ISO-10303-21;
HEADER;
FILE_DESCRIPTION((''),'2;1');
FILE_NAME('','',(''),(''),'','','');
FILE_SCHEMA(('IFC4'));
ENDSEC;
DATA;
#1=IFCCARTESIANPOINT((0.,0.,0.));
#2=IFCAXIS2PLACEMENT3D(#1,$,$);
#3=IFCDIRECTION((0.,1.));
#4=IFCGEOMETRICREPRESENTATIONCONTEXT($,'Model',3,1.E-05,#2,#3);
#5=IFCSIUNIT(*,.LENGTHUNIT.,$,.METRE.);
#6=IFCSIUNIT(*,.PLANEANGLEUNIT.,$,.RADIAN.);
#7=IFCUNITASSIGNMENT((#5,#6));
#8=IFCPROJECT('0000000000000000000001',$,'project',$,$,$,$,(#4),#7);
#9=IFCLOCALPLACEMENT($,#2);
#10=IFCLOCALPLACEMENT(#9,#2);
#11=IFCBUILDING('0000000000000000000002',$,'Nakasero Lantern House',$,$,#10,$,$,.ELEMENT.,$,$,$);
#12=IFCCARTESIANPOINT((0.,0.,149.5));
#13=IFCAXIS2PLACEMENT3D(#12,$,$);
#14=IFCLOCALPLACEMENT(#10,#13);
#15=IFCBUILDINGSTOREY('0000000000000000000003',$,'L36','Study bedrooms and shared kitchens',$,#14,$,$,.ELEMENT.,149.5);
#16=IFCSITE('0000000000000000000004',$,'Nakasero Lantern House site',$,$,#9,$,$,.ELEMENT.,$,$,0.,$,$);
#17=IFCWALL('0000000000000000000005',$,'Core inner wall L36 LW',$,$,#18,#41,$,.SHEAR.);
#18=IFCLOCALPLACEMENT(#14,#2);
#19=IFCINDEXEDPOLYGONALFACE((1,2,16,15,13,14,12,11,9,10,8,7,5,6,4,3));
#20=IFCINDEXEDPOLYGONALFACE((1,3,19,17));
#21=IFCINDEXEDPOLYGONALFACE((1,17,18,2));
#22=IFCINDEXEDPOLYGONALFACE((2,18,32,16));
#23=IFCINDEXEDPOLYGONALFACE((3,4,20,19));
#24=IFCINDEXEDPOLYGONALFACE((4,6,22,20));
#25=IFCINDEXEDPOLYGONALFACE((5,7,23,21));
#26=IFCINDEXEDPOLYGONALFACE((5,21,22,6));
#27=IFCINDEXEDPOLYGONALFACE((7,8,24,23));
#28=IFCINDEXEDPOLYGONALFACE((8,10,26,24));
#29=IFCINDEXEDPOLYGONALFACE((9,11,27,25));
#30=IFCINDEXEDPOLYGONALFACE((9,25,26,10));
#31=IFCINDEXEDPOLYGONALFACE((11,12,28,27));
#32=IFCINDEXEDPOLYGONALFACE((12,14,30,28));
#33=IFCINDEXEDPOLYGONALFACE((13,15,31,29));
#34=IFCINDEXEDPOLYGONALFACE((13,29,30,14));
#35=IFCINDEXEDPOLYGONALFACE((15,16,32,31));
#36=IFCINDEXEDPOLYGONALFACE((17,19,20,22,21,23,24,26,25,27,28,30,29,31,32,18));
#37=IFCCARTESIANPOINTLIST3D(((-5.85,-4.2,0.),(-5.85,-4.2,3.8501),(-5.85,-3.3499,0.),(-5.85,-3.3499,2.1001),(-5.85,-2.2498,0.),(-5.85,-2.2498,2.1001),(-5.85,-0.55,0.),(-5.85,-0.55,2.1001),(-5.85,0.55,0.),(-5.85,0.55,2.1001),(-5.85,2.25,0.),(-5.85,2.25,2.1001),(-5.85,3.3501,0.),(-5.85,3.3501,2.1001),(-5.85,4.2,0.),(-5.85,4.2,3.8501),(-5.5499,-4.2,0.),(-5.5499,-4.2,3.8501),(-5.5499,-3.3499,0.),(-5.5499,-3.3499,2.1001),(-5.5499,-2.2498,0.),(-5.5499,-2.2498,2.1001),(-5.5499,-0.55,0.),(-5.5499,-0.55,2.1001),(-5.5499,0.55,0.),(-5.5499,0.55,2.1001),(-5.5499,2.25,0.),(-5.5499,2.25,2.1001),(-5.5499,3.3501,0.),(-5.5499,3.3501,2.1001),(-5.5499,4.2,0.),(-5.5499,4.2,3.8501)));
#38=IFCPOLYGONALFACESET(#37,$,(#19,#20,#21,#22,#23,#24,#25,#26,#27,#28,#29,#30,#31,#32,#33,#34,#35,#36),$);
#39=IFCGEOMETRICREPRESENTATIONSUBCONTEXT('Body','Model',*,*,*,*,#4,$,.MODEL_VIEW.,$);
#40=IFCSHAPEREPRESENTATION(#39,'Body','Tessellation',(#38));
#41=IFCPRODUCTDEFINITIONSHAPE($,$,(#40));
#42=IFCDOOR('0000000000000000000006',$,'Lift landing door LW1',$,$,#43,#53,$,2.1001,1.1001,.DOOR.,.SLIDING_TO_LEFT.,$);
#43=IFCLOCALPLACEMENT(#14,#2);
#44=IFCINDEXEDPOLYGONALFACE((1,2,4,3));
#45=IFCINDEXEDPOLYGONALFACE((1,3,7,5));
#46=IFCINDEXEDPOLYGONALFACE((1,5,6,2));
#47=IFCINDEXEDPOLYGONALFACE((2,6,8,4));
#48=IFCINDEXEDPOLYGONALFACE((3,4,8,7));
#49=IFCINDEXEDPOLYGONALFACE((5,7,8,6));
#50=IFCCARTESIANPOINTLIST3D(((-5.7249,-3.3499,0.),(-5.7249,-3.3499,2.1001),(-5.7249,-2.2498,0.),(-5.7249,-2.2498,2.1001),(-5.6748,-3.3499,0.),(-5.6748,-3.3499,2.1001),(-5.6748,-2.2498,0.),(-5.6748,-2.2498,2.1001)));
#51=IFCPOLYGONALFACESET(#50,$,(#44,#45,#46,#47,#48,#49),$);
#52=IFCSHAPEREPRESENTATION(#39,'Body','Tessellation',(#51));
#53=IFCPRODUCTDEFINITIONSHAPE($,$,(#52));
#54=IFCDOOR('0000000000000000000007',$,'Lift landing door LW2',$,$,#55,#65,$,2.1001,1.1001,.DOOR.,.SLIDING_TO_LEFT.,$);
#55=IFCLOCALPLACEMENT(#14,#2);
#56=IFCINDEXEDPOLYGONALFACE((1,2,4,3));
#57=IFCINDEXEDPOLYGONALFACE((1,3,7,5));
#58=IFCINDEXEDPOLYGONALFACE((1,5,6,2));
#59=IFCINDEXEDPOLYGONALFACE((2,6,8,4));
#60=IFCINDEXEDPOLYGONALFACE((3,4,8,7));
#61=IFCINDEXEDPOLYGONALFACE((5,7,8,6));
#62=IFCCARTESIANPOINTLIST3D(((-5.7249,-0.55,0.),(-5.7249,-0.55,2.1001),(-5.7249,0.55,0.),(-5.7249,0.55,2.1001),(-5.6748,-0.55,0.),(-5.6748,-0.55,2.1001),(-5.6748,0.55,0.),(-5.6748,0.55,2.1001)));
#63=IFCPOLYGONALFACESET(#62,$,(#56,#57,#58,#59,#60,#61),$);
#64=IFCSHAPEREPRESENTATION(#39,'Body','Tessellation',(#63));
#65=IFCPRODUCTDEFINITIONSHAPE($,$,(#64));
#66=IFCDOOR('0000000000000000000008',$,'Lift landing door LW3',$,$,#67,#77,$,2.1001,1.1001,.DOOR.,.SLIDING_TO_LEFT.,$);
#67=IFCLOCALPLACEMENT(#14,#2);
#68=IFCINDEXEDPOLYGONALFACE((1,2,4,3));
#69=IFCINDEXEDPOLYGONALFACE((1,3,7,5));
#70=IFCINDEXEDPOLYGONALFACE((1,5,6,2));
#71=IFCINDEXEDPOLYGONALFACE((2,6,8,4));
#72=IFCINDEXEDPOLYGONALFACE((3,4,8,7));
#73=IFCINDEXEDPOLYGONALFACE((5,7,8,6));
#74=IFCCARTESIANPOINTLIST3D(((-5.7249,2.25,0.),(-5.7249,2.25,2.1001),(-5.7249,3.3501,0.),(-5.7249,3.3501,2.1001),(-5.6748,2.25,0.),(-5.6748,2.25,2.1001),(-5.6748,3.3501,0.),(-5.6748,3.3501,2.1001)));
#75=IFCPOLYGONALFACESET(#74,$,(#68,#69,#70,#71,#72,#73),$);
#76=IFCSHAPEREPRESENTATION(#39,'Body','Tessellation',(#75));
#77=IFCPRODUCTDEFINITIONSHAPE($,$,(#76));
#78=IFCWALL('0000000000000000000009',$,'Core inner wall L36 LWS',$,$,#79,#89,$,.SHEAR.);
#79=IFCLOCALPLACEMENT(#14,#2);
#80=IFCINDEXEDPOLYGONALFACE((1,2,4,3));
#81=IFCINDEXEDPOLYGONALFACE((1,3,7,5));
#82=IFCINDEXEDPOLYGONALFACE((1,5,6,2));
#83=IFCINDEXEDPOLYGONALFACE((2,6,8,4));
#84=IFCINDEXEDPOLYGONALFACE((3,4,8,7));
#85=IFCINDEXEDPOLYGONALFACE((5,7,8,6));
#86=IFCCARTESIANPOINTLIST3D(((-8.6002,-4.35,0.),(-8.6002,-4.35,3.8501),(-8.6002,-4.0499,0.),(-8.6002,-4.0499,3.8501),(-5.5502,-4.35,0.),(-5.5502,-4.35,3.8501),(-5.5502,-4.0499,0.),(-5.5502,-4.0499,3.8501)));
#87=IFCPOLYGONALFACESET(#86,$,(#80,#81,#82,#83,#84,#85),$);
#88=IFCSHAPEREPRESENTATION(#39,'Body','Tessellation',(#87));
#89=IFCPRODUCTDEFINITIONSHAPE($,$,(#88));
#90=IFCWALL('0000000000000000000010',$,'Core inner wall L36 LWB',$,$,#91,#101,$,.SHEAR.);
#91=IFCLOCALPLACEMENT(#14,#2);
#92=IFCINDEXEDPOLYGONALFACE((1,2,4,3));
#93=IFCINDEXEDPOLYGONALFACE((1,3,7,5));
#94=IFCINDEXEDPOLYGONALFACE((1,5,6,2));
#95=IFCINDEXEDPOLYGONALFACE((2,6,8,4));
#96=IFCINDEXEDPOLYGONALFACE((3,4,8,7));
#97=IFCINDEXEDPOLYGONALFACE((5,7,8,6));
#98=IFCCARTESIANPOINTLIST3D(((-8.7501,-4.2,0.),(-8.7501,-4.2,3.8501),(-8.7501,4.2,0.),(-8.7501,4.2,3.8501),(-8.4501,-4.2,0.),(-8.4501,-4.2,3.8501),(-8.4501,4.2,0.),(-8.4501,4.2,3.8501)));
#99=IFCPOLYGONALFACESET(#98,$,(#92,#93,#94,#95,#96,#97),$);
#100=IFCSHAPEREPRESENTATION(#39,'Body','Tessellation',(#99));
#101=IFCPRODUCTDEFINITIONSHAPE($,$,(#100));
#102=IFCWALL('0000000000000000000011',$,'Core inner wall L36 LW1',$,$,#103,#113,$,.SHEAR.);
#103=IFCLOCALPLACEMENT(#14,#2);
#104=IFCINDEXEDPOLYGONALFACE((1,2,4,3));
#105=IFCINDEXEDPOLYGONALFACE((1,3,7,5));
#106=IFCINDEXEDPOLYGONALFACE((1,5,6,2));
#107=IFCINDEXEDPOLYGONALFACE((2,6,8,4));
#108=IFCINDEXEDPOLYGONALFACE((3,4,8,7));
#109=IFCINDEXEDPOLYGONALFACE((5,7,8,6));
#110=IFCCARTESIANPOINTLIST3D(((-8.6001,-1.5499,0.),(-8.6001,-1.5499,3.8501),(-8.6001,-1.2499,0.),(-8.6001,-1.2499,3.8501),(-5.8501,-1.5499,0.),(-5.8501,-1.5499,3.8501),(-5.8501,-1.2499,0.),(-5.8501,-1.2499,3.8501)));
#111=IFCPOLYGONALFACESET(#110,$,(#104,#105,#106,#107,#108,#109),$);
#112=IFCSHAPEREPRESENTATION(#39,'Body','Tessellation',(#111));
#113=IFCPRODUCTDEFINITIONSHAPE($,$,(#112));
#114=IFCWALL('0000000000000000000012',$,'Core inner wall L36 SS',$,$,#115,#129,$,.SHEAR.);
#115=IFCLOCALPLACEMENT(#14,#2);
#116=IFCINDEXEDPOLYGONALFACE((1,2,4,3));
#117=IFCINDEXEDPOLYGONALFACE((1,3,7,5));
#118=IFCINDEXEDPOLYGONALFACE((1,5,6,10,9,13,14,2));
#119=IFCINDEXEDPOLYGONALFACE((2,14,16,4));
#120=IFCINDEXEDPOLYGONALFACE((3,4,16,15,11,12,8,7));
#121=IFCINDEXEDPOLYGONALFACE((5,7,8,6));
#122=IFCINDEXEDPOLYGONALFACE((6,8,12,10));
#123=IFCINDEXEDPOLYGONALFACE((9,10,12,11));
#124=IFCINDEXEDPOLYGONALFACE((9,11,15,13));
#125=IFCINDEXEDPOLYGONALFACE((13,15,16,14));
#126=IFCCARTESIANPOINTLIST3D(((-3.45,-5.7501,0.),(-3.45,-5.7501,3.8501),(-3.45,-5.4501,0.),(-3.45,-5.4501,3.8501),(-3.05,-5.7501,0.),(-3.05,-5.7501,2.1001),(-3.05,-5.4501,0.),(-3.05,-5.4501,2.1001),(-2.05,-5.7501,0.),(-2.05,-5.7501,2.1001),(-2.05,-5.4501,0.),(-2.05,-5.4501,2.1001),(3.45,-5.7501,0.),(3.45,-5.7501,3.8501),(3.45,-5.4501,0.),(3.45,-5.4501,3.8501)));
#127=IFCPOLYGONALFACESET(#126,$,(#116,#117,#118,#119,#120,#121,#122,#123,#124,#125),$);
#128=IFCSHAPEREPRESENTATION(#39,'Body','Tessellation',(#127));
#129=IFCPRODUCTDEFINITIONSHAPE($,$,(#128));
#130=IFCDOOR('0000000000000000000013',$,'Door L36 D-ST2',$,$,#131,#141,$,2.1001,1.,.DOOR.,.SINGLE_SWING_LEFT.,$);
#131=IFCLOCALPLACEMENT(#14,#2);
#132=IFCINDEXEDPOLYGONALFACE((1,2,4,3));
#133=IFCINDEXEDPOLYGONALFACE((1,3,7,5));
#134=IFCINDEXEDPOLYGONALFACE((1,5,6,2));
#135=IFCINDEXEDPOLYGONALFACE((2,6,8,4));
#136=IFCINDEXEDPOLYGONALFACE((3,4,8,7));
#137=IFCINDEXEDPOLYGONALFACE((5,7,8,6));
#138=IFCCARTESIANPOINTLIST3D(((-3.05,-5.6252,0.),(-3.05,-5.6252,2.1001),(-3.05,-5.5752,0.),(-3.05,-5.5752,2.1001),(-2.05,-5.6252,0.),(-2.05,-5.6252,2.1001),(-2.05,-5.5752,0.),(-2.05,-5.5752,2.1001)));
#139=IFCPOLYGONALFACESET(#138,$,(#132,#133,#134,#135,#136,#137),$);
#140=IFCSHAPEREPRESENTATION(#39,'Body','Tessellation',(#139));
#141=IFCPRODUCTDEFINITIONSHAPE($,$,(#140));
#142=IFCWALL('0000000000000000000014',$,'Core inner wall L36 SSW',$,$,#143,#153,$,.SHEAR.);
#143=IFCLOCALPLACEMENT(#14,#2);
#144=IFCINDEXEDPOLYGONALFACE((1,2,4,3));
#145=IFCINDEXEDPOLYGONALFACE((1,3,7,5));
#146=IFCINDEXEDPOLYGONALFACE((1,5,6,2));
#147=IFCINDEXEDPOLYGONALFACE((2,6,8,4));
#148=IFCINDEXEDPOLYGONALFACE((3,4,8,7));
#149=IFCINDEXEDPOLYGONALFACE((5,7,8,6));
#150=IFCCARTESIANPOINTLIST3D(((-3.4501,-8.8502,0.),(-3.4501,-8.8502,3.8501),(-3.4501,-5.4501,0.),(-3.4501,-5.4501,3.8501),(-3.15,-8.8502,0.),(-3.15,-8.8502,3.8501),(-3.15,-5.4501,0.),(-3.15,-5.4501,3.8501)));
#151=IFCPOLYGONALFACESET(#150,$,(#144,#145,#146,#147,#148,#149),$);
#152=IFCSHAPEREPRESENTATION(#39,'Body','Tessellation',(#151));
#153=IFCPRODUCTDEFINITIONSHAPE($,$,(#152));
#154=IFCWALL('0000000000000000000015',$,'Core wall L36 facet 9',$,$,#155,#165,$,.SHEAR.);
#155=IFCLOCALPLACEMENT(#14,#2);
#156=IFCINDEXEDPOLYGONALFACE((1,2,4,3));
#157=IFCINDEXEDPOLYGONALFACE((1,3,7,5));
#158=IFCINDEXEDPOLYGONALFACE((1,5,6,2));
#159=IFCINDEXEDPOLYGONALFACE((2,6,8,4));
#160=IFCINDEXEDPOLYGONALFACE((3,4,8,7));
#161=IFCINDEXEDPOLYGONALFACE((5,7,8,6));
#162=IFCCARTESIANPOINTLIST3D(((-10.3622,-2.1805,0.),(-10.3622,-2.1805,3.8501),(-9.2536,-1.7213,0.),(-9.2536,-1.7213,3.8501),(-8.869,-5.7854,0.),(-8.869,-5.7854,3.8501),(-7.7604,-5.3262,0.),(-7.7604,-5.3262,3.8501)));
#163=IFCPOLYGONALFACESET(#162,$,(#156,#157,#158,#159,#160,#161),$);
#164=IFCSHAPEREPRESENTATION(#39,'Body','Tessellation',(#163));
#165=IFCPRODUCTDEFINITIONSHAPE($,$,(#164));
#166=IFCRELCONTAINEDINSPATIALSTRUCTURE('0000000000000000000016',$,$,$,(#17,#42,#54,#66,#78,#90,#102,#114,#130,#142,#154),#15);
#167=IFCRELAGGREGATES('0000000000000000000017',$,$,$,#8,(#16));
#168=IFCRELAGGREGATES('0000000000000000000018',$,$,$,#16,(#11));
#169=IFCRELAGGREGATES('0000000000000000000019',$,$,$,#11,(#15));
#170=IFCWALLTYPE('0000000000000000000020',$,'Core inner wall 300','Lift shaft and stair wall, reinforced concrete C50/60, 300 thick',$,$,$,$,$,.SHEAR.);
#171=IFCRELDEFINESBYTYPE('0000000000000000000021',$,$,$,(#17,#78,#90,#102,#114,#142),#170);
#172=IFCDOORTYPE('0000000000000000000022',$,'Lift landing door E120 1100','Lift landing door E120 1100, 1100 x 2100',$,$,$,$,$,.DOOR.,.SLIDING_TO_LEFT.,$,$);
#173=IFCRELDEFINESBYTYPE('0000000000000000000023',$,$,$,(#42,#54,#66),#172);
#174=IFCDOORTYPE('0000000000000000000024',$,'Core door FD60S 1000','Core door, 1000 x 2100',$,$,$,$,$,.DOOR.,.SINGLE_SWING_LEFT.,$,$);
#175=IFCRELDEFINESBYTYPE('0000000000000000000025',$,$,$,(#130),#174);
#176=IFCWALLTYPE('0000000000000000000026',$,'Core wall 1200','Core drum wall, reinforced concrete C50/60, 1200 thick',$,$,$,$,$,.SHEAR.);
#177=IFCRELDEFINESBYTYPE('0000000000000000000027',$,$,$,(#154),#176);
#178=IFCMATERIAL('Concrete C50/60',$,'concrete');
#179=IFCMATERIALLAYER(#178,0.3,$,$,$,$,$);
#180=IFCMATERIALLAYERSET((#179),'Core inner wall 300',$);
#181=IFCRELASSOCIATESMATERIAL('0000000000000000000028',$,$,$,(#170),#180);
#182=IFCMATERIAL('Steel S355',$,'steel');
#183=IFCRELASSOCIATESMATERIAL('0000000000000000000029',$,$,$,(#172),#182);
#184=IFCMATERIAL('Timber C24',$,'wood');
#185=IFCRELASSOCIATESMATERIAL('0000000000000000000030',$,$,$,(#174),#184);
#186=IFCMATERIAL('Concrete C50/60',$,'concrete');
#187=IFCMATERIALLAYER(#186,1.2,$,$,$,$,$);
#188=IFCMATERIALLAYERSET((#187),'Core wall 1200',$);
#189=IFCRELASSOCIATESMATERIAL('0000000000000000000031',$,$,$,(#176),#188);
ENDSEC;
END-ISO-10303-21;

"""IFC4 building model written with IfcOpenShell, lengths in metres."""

from ifc_helpers import new_model, si_unit, direction, frame, frame_2d, origin, place, context, subcontext, project, spatial, rectangle, extrude, material, layer, layer_set, type_object, element, fill, save


model = new_model("IFC4")

# Units and contexts
model_context = context("Model", 3, precision=1e-05, world=origin(), true_north=direction((0.0, 1.0)))
body_context = subcontext(model_context, "Body", "Model", "MODEL_VIEW")
ifc_project = project(units=[si_unit("LENGTHUNIT", "METRE"), si_unit("PLANEANGLEUNIT", "RADIAN")], contexts=[model_context])

# Site, building, storey
site_placement = place(None, origin())
site = spatial("IfcSite", under=ifc_project, at=site_placement, Name="Nakasero Lantern House site", CompositionType="ELEMENT", RefElevation=0.0)
building_placement = place(site_placement, origin())
building = spatial("IfcBuilding", under=site, at=building_placement, Name="Nakasero Lantern House", CompositionType="ELEMENT")
storey_placement = place(building_placement, frame((0.0, 0.0, 149.5)))
storey = spatial("IfcBuildingStorey", under=building, at=storey_placement, Name="L36", Description="Study bedrooms and shared kitchens", CompositionType="ELEMENT", Elevation=149.5)

# Wall, openings, doors
ifc_material_1 = material(Name="Concrete C50/60", Category="concrete")
ifc_layer_1 = layer(ifc_material_1, 0.3)
ifc_layer_set_1 = layer_set([ifc_layer_1], Name="Core inner wall 300")
wall_type_1 = type_object("IfcWallType", Name="Core inner wall 300", Description="Lift shaft and stair wall, reinforced concrete C50/60, 300 thick", PredefinedType="SHEAR", material=ifc_layer_set_1)
wall_1_placement = place(storey_placement, frame((-5.7, -4.2, 0.0), z_axis=(0.0, 0.0, 1.0), x_axis=(0.0, 1.0, 0.0)))
wall_1 = element("IfcWall", 1, at=wall_1_placement, inside=storey, type_object=wall_type_1, Name="Core inner wall L36 LW", PredefinedType="SHEAR", context=body_context, shape_type="SweptSolid", body=[
    extrude(rectangle(XDim=8.3999, YDim=0.3, at=frame_2d((4.2, 0.0))), origin(), (0.0, 0.0, 1.0), 3.8501),
])
opening_1_placement = place(wall_1_placement, frame((0.8501, 0.0, 0.0)))
opening_1 = element("IfcOpeningElement", 2, at=opening_1_placement, cuts=wall_1, PredefinedType="OPENING", context=body_context, shape_type="SweptSolid", body=[
    extrude(rectangle(XDim=1.1001, YDim=2.1001, at=frame_2d((0.55, 1.05))), frame((0.0, 0.1699, 0.0), z_axis=(0.0, -1.0, 0.0), x_axis=(1.0, 0.0, 0.0)), (0.0, 0.0, 1.0), 0.3401),
])
opening_2_placement = place(wall_1_placement, frame((3.6499, 0.0, 0.0)))
opening_2 = element("IfcOpeningElement", 3, at=opening_2_placement, cuts=wall_1, PredefinedType="OPENING", context=body_context, shape_type="SweptSolid", body=[
    extrude(rectangle(XDim=1.1001, YDim=2.1001, at=frame_2d((0.55, 1.05))), frame((0.0, 0.1699, 0.0), z_axis=(0.0, -1.0, 0.0), x_axis=(1.0, 0.0, 0.0)), (0.0, 0.0, 1.0), 0.3401),
])
opening_3_placement = place(wall_1_placement, frame((6.45, 0.0, 0.0)))
opening_3 = element("IfcOpeningElement", 4, at=opening_3_placement, cuts=wall_1, PredefinedType="OPENING", context=body_context, shape_type="SweptSolid", body=[
    extrude(rectangle(XDim=1.1001, YDim=2.1001, at=frame_2d((0.55, 1.05))), frame((0.0, 0.1699, 0.0), z_axis=(0.0, -1.0, 0.0), x_axis=(1.0, 0.0, 0.0)), (0.0, 0.0, 1.0), 0.3401),
])
ifc_material_2 = material(Name="Steel S355", Category="steel")
door_type_1 = type_object("IfcDoorType", Name="Lift landing door E120 1100", Description="Lift landing door E120 1100, 1100 x 2100", OperationType="SLIDING_TO_LEFT", PredefinedType="DOOR", material=ifc_material_2)
door_1_placement = place(opening_1_placement, origin())
door_1 = element("IfcDoor", 5, at=door_1_placement, inside=storey, type_object=door_type_1, Name="Lift landing door LW1", OperationType="SLIDING_TO_LEFT", OverallHeight=2.1001, OverallWidth=1.1001, PredefinedType="DOOR", context=body_context, shape_type="SweptSolid", body=[
    extrude(rectangle(XDim=1.1001, YDim=2.1001, at=frame_2d((0.55, 1.05))), frame((0.0, 0.0249, 0.0), z_axis=(0.0, -1.0, 0.0), x_axis=(1.0, 0.0, 0.0)), (0.0, 0.0, 1.0), 0.05),
])
fill(opening_1, door_1)
door_2_placement = place(opening_2_placement, origin())
door_2 = element("IfcDoor", 6, at=door_2_placement, inside=storey, type_object=door_type_1, Name="Lift landing door LW2", OperationType="SLIDING_TO_LEFT", OverallHeight=2.1001, OverallWidth=1.1001, PredefinedType="DOOR", context=body_context, shape_type="SweptSolid", body=[
    extrude(rectangle(XDim=1.1001, YDim=2.1001, at=frame_2d((0.55, 1.05))), frame((0.0, 0.0249, 0.0), z_axis=(0.0, -1.0, 0.0), x_axis=(1.0, 0.0, 0.0)), (0.0, 0.0, 1.0), 0.05),
])
fill(opening_2, door_2)
door_3_placement = place(opening_3_placement, origin())
door_3 = element("IfcDoor", 7, at=door_3_placement, inside=storey, type_object=door_type_1, Name="Lift landing door LW3", OperationType="SLIDING_TO_LEFT", OverallHeight=2.1001, OverallWidth=1.1001, PredefinedType="DOOR", context=body_context, shape_type="SweptSolid", body=[
    extrude(rectangle(XDim=1.1001, YDim=2.1001, at=frame_2d((0.55, 1.05))), frame((0.0, 0.0249, 0.0), z_axis=(0.0, -1.0, 0.0), x_axis=(1.0, 0.0, 0.0)), (0.0, 0.0, 1.0), 0.05),
])
fill(opening_3, door_3)

# Walls
wall_2_placement = place(storey_placement, frame((-8.6001, -4.2, 0.0), z_axis=(0.0, 0.0, 1.0), x_axis=(1.0, 0.0, 0.0)))
element("IfcWall", 8, at=wall_2_placement, inside=storey, type_object=wall_type_1, Name="Core inner wall L36 LWS", PredefinedType="SHEAR", context=body_context, shape_type="SweptSolid", body=[
    extrude(rectangle(XDim=3.05, YDim=0.3, at=frame_2d((1.5249, 0.0))), origin(), (0.0, 0.0, 1.0), 3.8501),
])
wall_3_placement = place(storey_placement, frame((-8.6001, -4.2, 0.0), z_axis=(0.0, 0.0, 1.0), x_axis=(0.0, 1.0, 0.0)))
element("IfcWall", 9, at=wall_3_placement, inside=storey, type_object=wall_type_1, Name="Core inner wall L36 LWB", PredefinedType="SHEAR", context=body_context, shape_type="SweptSolid", body=[
    extrude(rectangle(XDim=8.3999, YDim=0.3, at=frame_2d((4.2, 0.0))), origin(), (0.0, 0.0, 1.0), 3.8501),
])
wall_4_placement = place(storey_placement, frame((-8.6001, -1.3999, 0.0), z_axis=(0.0, 0.0, 1.0), x_axis=(1.0, 0.0, 0.0)))
element("IfcWall", 10, at=wall_4_placement, inside=storey, type_object=wall_type_1, Name="Core inner wall L36 LW1", PredefinedType="SHEAR", context=body_context, shape_type="SweptSolid", body=[
    extrude(rectangle(XDim=2.75, YDim=0.3, at=frame_2d((1.375, 0.0))), origin(), (0.0, 0.0, 1.0), 3.8501),
])

# Wall, opening, door
wall_5_placement = place(storey_placement, frame((-3.45, -5.6001, 0.0), z_axis=(0.0, 0.0, 1.0), x_axis=(1.0, 0.0, 0.0)))
wall_5 = element("IfcWall", 11, at=wall_5_placement, inside=storey, type_object=wall_type_1, Name="Core inner wall L36 SS", PredefinedType="SHEAR", context=body_context, shape_type="SweptSolid", body=[
    extrude(rectangle(XDim=6.8999, YDim=0.3, at=frame_2d((3.45, 0.0))), origin(), (0.0, 0.0, 1.0), 3.8501),
])
opening_4_placement = place(wall_5_placement, frame((0.3999, 0.0, 0.0)))
opening_4 = element("IfcOpeningElement", 12, at=opening_4_placement, cuts=wall_5, PredefinedType="OPENING", context=body_context, shape_type="SweptSolid", body=[
    extrude(rectangle(XDim=1.0, YDim=2.1001, at=frame_2d((0.5, 1.05))), frame((0.0, 0.1699, 0.0), z_axis=(0.0, -1.0, 0.0), x_axis=(1.0, 0.0, 0.0)), (0.0, 0.0, 1.0), 0.3401),
])
ifc_material_3 = material(Name="Timber C24", Category="wood")
door_type_2 = type_object("IfcDoorType", Name="Core door FD60S 1000", Description="Core door, 1000 x 2100", OperationType="SINGLE_SWING_LEFT", PredefinedType="DOOR", material=ifc_material_3)
door_4_placement = place(opening_4_placement, origin())
door_4 = element("IfcDoor", 13, at=door_4_placement, inside=storey, type_object=door_type_2, Name="Door L36 D-ST2", OperationType="SINGLE_SWING_LEFT", OverallHeight=2.1001, OverallWidth=1.0, PredefinedType="DOOR", context=body_context, shape_type="SweptSolid", body=[
    extrude(rectangle(XDim=1.0, YDim=2.1001, at=frame_2d((0.5, 1.05))), frame((0.0, 0.0249, 0.0), z_axis=(0.0, -1.0, 0.0), x_axis=(1.0, 0.0, 0.0)), (0.0, 0.0, 1.0), 0.05),
])
fill(opening_4, door_4)

# Walls
wall_6_placement = place(storey_placement, frame((-3.3, -5.45, 0.0), z_axis=(0.0, 0.0, 1.0), x_axis=(0.0, -1.0, 0.0)))
element("IfcWall", 14, at=wall_6_placement, inside=storey, type_object=wall_type_1, Name="Core inner wall L36 SSW", PredefinedType="SHEAR", context=body_context, shape_type="SweptSolid", body=[
    extrude(rectangle(XDim=3.4001, YDim=0.3, at=frame_2d((1.7002, 0.0))), origin(), (0.0, 0.0, 1.0), 3.8501),
])
ifc_material_4 = material(Name="Concrete C50/60", Category="concrete")
ifc_layer_2 = layer(ifc_material_4, 1.2)
ifc_layer_set_2 = layer_set([ifc_layer_2], Name="Core wall 1200")
wall_type_2 = type_object("IfcWallType", Name="Core wall 1200", Description="Core drum wall, reinforced concrete C50/60, 1200 thick", PredefinedType="SHEAR", material=ifc_layer_set_2)
wall_7_placement = place(storey_placement, frame((-9.8079, -1.9509, 0.0), z_axis=(0.0, 0.0, 1.0), x_axis=(0.382691, -0.923877, 0.0)))
element("IfcWall", 15, at=wall_7_placement, inside=storey, type_object=wall_type_2, Name="Core wall L36 facet 9", PredefinedType="SHEAR", context=body_context, shape_type="SweptSolid", body=[
    extrude(rectangle(XDim=3.9019, YDim=1.2, at=frame_2d((1.9509, 0.0))), origin(), (0.0, 0.0, 1.0), 3.8501),
])

save(model, "model.ifc")
